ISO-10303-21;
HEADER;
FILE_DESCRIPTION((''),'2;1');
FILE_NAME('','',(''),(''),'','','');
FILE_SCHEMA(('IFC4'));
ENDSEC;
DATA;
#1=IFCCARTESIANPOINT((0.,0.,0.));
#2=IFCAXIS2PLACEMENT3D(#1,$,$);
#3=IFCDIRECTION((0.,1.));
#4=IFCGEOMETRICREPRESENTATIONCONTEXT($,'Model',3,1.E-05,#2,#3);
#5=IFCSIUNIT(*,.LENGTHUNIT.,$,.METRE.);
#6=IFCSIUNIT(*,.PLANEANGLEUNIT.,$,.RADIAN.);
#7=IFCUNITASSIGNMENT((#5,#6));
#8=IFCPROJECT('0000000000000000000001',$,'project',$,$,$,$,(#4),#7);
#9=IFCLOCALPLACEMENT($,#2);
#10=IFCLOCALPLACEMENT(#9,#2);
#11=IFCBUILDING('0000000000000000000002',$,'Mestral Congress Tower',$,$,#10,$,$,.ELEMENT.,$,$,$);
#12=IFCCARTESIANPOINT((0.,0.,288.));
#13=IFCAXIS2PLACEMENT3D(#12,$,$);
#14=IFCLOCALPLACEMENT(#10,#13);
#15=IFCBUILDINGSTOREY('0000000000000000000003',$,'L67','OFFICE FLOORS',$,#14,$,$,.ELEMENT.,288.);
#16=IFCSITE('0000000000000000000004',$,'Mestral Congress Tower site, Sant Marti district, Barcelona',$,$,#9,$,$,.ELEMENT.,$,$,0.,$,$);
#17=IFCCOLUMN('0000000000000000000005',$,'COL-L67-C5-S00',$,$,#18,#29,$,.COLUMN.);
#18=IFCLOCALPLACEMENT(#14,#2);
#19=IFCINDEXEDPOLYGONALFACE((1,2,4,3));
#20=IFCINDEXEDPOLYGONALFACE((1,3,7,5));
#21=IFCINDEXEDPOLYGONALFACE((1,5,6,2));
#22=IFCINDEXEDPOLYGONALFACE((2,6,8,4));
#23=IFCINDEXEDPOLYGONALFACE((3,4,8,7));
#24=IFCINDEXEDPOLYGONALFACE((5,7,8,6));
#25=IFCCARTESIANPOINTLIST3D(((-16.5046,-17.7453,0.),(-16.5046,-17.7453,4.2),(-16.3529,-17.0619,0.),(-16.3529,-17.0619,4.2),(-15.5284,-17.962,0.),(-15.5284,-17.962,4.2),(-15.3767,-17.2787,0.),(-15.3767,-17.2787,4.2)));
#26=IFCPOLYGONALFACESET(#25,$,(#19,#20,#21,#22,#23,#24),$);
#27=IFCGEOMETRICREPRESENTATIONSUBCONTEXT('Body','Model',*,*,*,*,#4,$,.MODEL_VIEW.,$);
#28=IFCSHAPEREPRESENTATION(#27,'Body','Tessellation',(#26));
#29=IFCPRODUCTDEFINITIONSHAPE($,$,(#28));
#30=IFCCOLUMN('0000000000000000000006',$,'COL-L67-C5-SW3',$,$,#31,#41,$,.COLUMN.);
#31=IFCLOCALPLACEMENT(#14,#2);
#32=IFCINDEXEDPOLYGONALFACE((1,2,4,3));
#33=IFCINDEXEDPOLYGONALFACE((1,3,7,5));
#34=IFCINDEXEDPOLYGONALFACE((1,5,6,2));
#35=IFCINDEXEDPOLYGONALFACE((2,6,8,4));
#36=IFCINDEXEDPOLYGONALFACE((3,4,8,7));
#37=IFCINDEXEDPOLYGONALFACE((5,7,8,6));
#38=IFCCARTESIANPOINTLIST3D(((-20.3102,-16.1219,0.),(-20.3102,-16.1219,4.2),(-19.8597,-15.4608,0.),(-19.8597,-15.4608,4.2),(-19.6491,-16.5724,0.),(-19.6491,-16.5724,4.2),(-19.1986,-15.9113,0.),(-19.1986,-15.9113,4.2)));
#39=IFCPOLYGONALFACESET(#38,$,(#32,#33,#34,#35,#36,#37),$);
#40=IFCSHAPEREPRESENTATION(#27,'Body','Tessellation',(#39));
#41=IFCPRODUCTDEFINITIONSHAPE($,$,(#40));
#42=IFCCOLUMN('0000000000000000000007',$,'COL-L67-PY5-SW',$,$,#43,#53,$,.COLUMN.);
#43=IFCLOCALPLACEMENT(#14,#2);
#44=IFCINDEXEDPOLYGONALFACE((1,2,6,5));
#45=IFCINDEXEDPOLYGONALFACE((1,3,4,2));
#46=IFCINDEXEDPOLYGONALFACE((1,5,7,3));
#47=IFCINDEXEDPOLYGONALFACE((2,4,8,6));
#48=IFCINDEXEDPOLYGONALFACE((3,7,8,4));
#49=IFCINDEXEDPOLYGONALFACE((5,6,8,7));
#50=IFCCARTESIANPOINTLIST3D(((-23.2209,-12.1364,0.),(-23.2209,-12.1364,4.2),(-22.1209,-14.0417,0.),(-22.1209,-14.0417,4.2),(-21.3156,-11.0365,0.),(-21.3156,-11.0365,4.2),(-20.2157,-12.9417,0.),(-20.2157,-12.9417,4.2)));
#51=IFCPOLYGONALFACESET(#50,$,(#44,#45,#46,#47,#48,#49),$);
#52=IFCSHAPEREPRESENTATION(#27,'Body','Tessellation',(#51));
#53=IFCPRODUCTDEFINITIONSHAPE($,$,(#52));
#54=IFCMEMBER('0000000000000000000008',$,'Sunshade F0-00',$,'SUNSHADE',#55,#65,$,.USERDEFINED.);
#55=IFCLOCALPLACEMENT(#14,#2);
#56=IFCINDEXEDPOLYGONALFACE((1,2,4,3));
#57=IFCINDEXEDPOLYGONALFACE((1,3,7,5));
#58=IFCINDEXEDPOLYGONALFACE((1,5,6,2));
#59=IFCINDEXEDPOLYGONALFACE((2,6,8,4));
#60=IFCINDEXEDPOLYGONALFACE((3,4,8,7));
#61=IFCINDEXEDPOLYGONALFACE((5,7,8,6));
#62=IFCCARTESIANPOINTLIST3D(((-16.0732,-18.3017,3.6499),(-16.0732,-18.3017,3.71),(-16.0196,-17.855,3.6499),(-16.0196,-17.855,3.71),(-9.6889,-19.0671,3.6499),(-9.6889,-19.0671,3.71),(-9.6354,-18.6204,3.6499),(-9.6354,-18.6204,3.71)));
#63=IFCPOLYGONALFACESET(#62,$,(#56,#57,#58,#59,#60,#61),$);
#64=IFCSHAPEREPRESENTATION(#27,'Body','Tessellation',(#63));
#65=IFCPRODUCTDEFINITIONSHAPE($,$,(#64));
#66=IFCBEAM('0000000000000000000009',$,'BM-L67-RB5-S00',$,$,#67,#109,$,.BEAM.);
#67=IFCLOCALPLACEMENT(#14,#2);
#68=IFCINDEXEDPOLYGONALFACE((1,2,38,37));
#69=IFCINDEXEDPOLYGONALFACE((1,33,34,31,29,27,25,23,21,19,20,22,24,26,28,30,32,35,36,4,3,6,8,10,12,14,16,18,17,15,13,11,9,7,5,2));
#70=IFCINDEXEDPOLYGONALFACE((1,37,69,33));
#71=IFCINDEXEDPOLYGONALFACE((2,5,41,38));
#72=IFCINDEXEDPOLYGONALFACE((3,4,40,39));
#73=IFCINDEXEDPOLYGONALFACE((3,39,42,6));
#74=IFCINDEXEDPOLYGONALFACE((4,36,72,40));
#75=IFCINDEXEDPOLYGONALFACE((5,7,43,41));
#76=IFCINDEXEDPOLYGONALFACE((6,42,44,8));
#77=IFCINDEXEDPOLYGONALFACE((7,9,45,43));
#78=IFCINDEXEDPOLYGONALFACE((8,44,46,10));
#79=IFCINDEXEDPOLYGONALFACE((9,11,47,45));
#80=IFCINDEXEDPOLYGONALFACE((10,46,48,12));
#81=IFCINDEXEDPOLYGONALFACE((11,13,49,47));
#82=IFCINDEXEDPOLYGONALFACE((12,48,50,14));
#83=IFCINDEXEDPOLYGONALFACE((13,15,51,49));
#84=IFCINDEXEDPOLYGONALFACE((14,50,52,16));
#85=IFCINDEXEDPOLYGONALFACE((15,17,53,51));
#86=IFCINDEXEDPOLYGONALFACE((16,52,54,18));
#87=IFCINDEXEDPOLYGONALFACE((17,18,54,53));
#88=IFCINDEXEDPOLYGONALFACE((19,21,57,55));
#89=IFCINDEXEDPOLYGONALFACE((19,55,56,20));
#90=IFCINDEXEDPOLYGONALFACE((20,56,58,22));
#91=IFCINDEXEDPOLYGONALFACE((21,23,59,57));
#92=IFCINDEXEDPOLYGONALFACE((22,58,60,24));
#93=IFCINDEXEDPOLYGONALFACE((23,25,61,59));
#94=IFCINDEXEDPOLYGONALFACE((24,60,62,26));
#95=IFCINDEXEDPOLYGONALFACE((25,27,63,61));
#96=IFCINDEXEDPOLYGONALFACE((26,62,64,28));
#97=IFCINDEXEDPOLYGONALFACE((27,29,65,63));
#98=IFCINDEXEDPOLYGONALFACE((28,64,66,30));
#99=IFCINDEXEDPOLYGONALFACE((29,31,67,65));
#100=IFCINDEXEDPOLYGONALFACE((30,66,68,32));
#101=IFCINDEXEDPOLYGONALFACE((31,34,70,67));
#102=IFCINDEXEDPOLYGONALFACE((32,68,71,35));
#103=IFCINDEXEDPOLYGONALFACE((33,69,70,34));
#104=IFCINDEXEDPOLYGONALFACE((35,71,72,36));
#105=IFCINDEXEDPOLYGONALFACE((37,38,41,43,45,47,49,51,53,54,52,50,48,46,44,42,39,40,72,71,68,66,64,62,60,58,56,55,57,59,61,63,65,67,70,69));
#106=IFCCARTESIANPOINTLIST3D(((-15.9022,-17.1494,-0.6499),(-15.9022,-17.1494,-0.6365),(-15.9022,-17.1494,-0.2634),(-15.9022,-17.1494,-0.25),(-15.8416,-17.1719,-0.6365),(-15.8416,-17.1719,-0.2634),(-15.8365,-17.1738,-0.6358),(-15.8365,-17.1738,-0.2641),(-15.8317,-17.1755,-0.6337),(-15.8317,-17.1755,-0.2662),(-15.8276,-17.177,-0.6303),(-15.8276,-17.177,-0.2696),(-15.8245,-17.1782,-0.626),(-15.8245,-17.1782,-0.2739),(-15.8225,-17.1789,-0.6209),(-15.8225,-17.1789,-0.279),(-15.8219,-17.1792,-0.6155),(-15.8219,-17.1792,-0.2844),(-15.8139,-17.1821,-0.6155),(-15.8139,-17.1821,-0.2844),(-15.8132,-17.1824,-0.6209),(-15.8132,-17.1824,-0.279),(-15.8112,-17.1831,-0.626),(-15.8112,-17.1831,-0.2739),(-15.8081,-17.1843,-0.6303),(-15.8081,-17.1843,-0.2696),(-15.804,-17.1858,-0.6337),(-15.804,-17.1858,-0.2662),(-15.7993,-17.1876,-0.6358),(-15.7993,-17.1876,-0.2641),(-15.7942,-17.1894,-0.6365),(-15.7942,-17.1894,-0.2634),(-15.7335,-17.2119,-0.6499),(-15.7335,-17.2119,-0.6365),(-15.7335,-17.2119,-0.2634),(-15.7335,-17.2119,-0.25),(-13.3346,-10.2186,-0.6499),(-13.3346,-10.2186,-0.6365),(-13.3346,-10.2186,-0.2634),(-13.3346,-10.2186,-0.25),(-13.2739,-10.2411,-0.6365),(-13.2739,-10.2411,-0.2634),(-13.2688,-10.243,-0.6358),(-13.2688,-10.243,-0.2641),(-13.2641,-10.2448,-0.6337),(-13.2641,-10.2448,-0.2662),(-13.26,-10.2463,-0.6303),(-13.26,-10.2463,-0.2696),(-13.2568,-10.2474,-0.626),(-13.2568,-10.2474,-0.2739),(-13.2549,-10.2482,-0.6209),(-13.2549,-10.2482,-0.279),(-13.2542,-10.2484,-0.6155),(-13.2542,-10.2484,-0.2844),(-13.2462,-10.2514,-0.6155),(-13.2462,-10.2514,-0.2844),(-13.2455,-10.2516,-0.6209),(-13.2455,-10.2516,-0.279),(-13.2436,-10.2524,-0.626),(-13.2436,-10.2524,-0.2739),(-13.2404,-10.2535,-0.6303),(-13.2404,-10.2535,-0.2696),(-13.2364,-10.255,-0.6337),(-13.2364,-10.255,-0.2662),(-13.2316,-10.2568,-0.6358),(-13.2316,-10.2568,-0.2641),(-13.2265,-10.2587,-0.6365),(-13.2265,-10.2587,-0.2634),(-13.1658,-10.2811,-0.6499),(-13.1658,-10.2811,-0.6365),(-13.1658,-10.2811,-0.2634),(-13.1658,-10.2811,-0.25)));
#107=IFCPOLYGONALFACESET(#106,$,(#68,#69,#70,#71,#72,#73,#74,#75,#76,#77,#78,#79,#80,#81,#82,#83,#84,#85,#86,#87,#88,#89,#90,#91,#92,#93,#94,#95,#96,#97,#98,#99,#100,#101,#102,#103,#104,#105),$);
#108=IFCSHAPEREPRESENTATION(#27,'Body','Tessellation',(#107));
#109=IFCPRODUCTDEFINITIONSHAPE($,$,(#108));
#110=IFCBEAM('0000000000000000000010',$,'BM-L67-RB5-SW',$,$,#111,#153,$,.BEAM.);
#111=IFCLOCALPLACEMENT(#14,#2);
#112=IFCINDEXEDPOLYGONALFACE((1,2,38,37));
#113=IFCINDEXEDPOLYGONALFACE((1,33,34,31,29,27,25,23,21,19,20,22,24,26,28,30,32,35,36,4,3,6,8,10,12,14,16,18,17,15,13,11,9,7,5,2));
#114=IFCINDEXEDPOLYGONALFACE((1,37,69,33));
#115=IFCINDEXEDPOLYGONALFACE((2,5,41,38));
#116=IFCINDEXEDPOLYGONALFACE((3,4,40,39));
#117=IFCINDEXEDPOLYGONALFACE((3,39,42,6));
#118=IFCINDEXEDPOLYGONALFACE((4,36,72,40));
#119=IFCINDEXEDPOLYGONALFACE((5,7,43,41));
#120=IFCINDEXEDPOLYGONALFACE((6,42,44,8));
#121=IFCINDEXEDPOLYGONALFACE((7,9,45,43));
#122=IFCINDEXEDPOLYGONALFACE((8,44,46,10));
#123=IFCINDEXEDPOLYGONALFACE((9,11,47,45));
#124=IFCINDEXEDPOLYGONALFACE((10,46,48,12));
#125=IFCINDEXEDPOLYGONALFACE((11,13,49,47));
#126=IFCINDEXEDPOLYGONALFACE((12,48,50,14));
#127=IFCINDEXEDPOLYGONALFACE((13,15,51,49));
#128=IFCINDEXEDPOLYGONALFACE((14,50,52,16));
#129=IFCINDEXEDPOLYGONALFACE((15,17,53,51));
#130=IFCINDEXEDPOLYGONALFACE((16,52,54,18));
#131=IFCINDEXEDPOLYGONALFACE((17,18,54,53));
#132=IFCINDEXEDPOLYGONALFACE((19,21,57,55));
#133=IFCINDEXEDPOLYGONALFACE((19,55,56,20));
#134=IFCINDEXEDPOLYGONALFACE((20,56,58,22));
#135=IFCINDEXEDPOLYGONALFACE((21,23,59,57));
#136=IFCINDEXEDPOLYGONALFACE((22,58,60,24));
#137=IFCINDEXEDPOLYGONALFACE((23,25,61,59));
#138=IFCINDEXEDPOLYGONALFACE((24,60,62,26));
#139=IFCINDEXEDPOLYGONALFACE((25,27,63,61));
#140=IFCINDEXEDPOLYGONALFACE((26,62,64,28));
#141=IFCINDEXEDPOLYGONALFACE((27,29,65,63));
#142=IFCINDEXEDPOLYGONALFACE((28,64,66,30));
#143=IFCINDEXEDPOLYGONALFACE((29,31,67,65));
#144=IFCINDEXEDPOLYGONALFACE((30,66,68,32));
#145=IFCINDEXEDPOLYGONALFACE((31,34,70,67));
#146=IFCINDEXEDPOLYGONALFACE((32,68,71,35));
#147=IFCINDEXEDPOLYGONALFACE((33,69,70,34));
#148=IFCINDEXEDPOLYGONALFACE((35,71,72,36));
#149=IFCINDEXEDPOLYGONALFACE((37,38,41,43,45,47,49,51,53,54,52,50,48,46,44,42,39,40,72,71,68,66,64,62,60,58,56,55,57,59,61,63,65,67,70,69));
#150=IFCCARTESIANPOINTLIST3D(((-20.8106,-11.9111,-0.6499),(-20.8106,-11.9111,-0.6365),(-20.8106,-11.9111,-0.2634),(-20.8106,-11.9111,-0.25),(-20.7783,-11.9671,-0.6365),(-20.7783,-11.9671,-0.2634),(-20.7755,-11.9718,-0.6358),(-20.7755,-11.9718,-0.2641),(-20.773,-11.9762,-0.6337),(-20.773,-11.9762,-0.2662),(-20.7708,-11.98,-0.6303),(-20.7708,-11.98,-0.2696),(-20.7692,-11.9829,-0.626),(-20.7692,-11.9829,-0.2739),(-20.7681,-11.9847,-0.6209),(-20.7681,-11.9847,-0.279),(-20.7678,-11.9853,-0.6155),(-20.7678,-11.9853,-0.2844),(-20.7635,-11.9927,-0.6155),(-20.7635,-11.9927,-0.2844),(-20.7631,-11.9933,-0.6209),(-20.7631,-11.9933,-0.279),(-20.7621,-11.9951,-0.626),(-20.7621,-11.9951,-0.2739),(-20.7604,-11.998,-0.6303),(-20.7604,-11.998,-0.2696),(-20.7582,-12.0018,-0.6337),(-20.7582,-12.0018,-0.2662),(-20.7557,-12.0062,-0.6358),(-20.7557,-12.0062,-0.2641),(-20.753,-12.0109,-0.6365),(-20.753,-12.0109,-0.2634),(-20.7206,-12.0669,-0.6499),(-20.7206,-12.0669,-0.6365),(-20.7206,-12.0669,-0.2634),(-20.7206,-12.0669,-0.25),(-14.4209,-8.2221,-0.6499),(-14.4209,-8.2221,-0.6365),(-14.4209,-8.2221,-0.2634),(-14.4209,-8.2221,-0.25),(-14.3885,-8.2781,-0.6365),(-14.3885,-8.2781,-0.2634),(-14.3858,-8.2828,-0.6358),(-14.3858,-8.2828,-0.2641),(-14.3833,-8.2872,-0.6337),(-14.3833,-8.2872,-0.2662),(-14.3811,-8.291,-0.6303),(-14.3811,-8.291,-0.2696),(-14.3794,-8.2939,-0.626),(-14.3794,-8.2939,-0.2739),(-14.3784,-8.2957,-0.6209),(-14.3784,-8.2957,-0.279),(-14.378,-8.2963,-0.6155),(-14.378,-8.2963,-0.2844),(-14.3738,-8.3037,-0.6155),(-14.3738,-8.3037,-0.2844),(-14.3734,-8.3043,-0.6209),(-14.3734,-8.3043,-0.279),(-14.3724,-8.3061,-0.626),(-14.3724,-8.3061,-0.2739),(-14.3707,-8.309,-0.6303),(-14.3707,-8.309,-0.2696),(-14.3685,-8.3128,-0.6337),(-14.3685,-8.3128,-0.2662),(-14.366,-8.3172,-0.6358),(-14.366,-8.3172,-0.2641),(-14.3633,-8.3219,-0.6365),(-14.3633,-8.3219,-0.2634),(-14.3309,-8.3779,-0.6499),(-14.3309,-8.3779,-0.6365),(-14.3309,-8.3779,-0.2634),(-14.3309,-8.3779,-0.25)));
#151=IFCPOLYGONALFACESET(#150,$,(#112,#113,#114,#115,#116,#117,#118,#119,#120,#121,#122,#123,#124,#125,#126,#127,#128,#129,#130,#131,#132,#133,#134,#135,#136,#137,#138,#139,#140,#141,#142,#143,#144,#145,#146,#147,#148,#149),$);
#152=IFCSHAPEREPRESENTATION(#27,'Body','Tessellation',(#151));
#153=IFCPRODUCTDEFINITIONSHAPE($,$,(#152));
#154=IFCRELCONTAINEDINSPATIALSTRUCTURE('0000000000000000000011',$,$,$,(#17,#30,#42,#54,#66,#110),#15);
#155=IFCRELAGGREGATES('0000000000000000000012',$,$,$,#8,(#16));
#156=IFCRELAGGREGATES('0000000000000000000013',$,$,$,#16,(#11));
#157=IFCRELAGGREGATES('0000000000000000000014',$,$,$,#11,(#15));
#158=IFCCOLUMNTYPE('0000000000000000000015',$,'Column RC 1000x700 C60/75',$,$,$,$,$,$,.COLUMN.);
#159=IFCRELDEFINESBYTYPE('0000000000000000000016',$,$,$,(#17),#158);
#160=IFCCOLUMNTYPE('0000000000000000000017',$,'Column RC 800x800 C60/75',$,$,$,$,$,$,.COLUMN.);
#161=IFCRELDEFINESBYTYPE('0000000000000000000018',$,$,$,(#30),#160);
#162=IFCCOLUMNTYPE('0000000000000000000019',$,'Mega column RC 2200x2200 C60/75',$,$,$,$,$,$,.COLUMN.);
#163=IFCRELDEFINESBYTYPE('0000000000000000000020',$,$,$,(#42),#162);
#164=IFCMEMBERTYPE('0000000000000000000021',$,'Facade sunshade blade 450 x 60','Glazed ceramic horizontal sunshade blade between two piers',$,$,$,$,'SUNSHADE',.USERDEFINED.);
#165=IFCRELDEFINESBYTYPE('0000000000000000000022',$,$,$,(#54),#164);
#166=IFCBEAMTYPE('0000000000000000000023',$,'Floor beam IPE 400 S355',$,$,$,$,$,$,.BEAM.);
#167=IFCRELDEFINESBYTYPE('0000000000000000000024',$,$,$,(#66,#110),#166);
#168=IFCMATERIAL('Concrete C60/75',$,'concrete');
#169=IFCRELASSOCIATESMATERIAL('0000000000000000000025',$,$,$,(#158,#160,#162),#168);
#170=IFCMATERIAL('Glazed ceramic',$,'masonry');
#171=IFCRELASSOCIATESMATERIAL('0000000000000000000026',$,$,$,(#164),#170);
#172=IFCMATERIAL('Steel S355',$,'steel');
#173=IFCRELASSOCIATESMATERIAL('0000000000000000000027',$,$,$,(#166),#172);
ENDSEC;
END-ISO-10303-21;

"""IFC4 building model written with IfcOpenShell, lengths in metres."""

from ifc_helpers import new_model, si_unit, direction, frame, origin, origin_2d, place, context, subcontext, project, spatial, rectangle, i_section, extrude, material, material_profile, profile_set, type_object, element, save


model = new_model("IFC4")

# Units and contexts
model_context = context("Model", 3, precision=1e-05, world=origin(), true_north=direction((0.0, 1.0)))
body_context = subcontext(model_context, "Body", "Model", "MODEL_VIEW")
ifc_project = project(units=[si_unit("LENGTHUNIT", "METRE"), si_unit("PLANEANGLEUNIT", "RADIAN")], contexts=[model_context])

# Site, building, storey
site_placement = place(None, origin())
site = spatial("IfcSite", under=ifc_project, at=site_placement, Name="Mestral Congress Tower site, Sant Marti district, Barcelona", CompositionType="ELEMENT", RefElevation=0.0)
building_placement = place(site_placement, origin())
building = spatial("IfcBuilding", under=site, at=building_placement, Name="Mestral Congress Tower", CompositionType="ELEMENT")
storey_placement = place(building_placement, frame((0.0, 0.0, 288.0)))
storey = spatial("IfcBuildingStorey", under=building, at=storey_placement, Name="L67", Description="OFFICE FLOORS", CompositionType="ELEMENT", Elevation=288.0)

# Columns
ifc_material_1 = material(Name="Concrete C60/75", Category="concrete")
ifc_material_profile_1 = material_profile(ifc_material_1, rectangle(XDim=1.0, YDim=0.7, at=origin_2d()), Name="RC 1000x700")
ifc_profile_set_1 = profile_set([ifc_material_profile_1], Name="Concrete C60/75")
column_type_1 = type_object("IfcColumnType", Name="Column RC 1000x700 C60/75", PredefinedType="COLUMN", material=ifc_profile_set_1)
column_1_placement = place(storey_placement, frame((-15.9407, -17.512, 0.0), z_axis=(0.0, 0.0, 1.0), x_axis=(0.976234, -0.216721, 0.0)))
element("IfcColumn", 1, at=column_1_placement, inside=storey, type_object=column_type_1, Name="COL-L67-C5-S00", PredefinedType="COLUMN", context=body_context, shape_type="SweptSolid", body=[
    extrude(rectangle(XDim=1.0, YDim=0.7, at=origin_2d()), origin(), (0.0, 0.0, 1.0), 4.2),
])
ifc_material_profile_2 = material_profile(ifc_material_1, rectangle(XDim=0.8, YDim=0.8, at=origin_2d()), Name="RC 800x800")
ifc_profile_set_2 = profile_set([ifc_material_profile_2], Name="Concrete C60/75")
column_type_2 = type_object("IfcColumnType", Name="Column RC 800x800 C60/75", PredefinedType="COLUMN", material=ifc_profile_set_2)
column_2_placement = place(storey_placement, frame((-19.7544, -16.0166, 0.0), z_axis=(0.0, 0.0, 1.0), x_axis=(0.826363, -0.563138, 0.0)))
element("IfcColumn", 2, at=column_2_placement, inside=storey, type_object=column_type_2, Name="COL-L67-C5-SW3", PredefinedType="COLUMN", context=body_context, shape_type="SweptSolid", body=[
    extrude(rectangle(XDim=0.8, YDim=0.8, at=origin_2d()), origin(), (0.0, 0.0, 1.0), 4.2),
])
ifc_material_profile_3 = material_profile(ifc_material_1, rectangle(XDim=2.2, YDim=2.2, at=origin_2d()), Name="RC 2200x2200")
ifc_profile_set_3 = profile_set([ifc_material_profile_3], Name="Concrete C60/75")
column_type_3 = type_object("IfcColumnType", Name="Mega column RC 2200x2200 C60/75", PredefinedType="COLUMN", material=ifc_profile_set_3)
column_3_placement = place(storey_placement, frame((-21.7183, -12.5391, 0.0), z_axis=(0.0, 0.0, 1.0), x_axis=(-0.866025, -0.5, 0.0)))
element("IfcColumn", 3, at=column_3_placement, inside=storey, type_object=column_type_3, Name="COL-L67-PY5-SW", PredefinedType="COLUMN", context=body_context, shape_type="SweptSolid", body=[
    extrude(rectangle(XDim=2.2, YDim=2.2, at=origin_2d()), origin(), (0.0, 0.0, 1.0), 4.2),
])

# Member
ifc_material_2 = material(Name="Glazed ceramic", Category="masonry")
ifc_material_profile_4 = material_profile(ifc_material_2, rectangle(XDim=0.45, YDim=0.0601, at=origin_2d()), Name="Ceramic blade 450 x 60")
ifc_profile_set_4 = profile_set([ifc_material_profile_4], Name="Glazed ceramic")
member_type = type_object("IfcMemberType", Name="Facade sunshade blade 450 x 60", Description="Glazed ceramic horizontal sunshade blade between two piers", ElementType="SUNSHADE", PredefinedType="USERDEFINED", material=ifc_profile_set_4)
member_placement = place(storey_placement, frame((-16.0464, -18.0784, 3.6799), z_axis=(0.99289, -0.119033, 0.0), x_axis=(0.119033, 0.99289, 0.0)))
element("IfcMember", 4, at=member_placement, inside=storey, type_object=member_type, Name="Sunshade F0-00", ObjectType="SUNSHADE", PredefinedType="USERDEFINED", context=body_context, shape_type="SweptSolid", body=[
    extrude(rectangle(XDim=0.45, YDim=0.0601, at=origin_2d()), origin(), (0.0, 0.0, 1.0), 6.4299),
])

# Beams
ifc_material_3 = material(Name="Steel S355", Category="steel")
ifc_material_profile_5 = material_profile(ifc_material_3, i_section(OverallWidth=0.1799, OverallDepth=0.3999, WebThickness=0.0085, FlangeThickness=0.0134, FilletRadius=0.021, at=origin_2d()), Name="IPE 400")
ifc_profile_set_5 = profile_set([ifc_material_profile_5], Name="Steel S355")
beam_type_1 = type_object("IfcBeamType", Name="Floor beam IPE 400 S355", PredefinedType="BEAM", material=ifc_profile_set_5)
beam_1_placement = place(storey_placement, frame((-15.8179, -17.1807, -0.45), z_axis=(0.347399, 0.937717, 0.0), x_axis=(-0.937717, 0.347399, 0.0)))
element("IfcBeam", 5, at=beam_1_placement, inside=storey, type_object=beam_type_1, Name="BM-L67-RB5-S00", PredefinedType="BEAM", context=body_context, shape_type="SweptSolid", body=[
    extrude(i_section(OverallWidth=0.1799, OverallDepth=0.3999, WebThickness=0.0085, FlangeThickness=0.0134, FilletRadius=0.021, at=origin_2d()), origin(), (0.0, 0.0, 1.0), 7.3911),
])
beam_2_placement = place(storey_placement, frame((-20.7656, -11.989, -0.45), z_axis=(0.866031, 0.49999, 0.0), x_axis=(-0.49999, 0.866031, 0.0)))
element("IfcBeam", 6, at=beam_2_placement, inside=storey, type_object=beam_type_1, Name="BM-L67-RB5-SW", PredefinedType="BEAM", context=body_context, shape_type="SweptSolid", body=[
    extrude(i_section(OverallWidth=0.1799, OverallDepth=0.3999, WebThickness=0.0085, FlangeThickness=0.0134, FilletRadius=0.021, at=origin_2d()), origin(), (0.0, 0.0, 1.0), 7.3782),
])

save(model, "model.ifc")
